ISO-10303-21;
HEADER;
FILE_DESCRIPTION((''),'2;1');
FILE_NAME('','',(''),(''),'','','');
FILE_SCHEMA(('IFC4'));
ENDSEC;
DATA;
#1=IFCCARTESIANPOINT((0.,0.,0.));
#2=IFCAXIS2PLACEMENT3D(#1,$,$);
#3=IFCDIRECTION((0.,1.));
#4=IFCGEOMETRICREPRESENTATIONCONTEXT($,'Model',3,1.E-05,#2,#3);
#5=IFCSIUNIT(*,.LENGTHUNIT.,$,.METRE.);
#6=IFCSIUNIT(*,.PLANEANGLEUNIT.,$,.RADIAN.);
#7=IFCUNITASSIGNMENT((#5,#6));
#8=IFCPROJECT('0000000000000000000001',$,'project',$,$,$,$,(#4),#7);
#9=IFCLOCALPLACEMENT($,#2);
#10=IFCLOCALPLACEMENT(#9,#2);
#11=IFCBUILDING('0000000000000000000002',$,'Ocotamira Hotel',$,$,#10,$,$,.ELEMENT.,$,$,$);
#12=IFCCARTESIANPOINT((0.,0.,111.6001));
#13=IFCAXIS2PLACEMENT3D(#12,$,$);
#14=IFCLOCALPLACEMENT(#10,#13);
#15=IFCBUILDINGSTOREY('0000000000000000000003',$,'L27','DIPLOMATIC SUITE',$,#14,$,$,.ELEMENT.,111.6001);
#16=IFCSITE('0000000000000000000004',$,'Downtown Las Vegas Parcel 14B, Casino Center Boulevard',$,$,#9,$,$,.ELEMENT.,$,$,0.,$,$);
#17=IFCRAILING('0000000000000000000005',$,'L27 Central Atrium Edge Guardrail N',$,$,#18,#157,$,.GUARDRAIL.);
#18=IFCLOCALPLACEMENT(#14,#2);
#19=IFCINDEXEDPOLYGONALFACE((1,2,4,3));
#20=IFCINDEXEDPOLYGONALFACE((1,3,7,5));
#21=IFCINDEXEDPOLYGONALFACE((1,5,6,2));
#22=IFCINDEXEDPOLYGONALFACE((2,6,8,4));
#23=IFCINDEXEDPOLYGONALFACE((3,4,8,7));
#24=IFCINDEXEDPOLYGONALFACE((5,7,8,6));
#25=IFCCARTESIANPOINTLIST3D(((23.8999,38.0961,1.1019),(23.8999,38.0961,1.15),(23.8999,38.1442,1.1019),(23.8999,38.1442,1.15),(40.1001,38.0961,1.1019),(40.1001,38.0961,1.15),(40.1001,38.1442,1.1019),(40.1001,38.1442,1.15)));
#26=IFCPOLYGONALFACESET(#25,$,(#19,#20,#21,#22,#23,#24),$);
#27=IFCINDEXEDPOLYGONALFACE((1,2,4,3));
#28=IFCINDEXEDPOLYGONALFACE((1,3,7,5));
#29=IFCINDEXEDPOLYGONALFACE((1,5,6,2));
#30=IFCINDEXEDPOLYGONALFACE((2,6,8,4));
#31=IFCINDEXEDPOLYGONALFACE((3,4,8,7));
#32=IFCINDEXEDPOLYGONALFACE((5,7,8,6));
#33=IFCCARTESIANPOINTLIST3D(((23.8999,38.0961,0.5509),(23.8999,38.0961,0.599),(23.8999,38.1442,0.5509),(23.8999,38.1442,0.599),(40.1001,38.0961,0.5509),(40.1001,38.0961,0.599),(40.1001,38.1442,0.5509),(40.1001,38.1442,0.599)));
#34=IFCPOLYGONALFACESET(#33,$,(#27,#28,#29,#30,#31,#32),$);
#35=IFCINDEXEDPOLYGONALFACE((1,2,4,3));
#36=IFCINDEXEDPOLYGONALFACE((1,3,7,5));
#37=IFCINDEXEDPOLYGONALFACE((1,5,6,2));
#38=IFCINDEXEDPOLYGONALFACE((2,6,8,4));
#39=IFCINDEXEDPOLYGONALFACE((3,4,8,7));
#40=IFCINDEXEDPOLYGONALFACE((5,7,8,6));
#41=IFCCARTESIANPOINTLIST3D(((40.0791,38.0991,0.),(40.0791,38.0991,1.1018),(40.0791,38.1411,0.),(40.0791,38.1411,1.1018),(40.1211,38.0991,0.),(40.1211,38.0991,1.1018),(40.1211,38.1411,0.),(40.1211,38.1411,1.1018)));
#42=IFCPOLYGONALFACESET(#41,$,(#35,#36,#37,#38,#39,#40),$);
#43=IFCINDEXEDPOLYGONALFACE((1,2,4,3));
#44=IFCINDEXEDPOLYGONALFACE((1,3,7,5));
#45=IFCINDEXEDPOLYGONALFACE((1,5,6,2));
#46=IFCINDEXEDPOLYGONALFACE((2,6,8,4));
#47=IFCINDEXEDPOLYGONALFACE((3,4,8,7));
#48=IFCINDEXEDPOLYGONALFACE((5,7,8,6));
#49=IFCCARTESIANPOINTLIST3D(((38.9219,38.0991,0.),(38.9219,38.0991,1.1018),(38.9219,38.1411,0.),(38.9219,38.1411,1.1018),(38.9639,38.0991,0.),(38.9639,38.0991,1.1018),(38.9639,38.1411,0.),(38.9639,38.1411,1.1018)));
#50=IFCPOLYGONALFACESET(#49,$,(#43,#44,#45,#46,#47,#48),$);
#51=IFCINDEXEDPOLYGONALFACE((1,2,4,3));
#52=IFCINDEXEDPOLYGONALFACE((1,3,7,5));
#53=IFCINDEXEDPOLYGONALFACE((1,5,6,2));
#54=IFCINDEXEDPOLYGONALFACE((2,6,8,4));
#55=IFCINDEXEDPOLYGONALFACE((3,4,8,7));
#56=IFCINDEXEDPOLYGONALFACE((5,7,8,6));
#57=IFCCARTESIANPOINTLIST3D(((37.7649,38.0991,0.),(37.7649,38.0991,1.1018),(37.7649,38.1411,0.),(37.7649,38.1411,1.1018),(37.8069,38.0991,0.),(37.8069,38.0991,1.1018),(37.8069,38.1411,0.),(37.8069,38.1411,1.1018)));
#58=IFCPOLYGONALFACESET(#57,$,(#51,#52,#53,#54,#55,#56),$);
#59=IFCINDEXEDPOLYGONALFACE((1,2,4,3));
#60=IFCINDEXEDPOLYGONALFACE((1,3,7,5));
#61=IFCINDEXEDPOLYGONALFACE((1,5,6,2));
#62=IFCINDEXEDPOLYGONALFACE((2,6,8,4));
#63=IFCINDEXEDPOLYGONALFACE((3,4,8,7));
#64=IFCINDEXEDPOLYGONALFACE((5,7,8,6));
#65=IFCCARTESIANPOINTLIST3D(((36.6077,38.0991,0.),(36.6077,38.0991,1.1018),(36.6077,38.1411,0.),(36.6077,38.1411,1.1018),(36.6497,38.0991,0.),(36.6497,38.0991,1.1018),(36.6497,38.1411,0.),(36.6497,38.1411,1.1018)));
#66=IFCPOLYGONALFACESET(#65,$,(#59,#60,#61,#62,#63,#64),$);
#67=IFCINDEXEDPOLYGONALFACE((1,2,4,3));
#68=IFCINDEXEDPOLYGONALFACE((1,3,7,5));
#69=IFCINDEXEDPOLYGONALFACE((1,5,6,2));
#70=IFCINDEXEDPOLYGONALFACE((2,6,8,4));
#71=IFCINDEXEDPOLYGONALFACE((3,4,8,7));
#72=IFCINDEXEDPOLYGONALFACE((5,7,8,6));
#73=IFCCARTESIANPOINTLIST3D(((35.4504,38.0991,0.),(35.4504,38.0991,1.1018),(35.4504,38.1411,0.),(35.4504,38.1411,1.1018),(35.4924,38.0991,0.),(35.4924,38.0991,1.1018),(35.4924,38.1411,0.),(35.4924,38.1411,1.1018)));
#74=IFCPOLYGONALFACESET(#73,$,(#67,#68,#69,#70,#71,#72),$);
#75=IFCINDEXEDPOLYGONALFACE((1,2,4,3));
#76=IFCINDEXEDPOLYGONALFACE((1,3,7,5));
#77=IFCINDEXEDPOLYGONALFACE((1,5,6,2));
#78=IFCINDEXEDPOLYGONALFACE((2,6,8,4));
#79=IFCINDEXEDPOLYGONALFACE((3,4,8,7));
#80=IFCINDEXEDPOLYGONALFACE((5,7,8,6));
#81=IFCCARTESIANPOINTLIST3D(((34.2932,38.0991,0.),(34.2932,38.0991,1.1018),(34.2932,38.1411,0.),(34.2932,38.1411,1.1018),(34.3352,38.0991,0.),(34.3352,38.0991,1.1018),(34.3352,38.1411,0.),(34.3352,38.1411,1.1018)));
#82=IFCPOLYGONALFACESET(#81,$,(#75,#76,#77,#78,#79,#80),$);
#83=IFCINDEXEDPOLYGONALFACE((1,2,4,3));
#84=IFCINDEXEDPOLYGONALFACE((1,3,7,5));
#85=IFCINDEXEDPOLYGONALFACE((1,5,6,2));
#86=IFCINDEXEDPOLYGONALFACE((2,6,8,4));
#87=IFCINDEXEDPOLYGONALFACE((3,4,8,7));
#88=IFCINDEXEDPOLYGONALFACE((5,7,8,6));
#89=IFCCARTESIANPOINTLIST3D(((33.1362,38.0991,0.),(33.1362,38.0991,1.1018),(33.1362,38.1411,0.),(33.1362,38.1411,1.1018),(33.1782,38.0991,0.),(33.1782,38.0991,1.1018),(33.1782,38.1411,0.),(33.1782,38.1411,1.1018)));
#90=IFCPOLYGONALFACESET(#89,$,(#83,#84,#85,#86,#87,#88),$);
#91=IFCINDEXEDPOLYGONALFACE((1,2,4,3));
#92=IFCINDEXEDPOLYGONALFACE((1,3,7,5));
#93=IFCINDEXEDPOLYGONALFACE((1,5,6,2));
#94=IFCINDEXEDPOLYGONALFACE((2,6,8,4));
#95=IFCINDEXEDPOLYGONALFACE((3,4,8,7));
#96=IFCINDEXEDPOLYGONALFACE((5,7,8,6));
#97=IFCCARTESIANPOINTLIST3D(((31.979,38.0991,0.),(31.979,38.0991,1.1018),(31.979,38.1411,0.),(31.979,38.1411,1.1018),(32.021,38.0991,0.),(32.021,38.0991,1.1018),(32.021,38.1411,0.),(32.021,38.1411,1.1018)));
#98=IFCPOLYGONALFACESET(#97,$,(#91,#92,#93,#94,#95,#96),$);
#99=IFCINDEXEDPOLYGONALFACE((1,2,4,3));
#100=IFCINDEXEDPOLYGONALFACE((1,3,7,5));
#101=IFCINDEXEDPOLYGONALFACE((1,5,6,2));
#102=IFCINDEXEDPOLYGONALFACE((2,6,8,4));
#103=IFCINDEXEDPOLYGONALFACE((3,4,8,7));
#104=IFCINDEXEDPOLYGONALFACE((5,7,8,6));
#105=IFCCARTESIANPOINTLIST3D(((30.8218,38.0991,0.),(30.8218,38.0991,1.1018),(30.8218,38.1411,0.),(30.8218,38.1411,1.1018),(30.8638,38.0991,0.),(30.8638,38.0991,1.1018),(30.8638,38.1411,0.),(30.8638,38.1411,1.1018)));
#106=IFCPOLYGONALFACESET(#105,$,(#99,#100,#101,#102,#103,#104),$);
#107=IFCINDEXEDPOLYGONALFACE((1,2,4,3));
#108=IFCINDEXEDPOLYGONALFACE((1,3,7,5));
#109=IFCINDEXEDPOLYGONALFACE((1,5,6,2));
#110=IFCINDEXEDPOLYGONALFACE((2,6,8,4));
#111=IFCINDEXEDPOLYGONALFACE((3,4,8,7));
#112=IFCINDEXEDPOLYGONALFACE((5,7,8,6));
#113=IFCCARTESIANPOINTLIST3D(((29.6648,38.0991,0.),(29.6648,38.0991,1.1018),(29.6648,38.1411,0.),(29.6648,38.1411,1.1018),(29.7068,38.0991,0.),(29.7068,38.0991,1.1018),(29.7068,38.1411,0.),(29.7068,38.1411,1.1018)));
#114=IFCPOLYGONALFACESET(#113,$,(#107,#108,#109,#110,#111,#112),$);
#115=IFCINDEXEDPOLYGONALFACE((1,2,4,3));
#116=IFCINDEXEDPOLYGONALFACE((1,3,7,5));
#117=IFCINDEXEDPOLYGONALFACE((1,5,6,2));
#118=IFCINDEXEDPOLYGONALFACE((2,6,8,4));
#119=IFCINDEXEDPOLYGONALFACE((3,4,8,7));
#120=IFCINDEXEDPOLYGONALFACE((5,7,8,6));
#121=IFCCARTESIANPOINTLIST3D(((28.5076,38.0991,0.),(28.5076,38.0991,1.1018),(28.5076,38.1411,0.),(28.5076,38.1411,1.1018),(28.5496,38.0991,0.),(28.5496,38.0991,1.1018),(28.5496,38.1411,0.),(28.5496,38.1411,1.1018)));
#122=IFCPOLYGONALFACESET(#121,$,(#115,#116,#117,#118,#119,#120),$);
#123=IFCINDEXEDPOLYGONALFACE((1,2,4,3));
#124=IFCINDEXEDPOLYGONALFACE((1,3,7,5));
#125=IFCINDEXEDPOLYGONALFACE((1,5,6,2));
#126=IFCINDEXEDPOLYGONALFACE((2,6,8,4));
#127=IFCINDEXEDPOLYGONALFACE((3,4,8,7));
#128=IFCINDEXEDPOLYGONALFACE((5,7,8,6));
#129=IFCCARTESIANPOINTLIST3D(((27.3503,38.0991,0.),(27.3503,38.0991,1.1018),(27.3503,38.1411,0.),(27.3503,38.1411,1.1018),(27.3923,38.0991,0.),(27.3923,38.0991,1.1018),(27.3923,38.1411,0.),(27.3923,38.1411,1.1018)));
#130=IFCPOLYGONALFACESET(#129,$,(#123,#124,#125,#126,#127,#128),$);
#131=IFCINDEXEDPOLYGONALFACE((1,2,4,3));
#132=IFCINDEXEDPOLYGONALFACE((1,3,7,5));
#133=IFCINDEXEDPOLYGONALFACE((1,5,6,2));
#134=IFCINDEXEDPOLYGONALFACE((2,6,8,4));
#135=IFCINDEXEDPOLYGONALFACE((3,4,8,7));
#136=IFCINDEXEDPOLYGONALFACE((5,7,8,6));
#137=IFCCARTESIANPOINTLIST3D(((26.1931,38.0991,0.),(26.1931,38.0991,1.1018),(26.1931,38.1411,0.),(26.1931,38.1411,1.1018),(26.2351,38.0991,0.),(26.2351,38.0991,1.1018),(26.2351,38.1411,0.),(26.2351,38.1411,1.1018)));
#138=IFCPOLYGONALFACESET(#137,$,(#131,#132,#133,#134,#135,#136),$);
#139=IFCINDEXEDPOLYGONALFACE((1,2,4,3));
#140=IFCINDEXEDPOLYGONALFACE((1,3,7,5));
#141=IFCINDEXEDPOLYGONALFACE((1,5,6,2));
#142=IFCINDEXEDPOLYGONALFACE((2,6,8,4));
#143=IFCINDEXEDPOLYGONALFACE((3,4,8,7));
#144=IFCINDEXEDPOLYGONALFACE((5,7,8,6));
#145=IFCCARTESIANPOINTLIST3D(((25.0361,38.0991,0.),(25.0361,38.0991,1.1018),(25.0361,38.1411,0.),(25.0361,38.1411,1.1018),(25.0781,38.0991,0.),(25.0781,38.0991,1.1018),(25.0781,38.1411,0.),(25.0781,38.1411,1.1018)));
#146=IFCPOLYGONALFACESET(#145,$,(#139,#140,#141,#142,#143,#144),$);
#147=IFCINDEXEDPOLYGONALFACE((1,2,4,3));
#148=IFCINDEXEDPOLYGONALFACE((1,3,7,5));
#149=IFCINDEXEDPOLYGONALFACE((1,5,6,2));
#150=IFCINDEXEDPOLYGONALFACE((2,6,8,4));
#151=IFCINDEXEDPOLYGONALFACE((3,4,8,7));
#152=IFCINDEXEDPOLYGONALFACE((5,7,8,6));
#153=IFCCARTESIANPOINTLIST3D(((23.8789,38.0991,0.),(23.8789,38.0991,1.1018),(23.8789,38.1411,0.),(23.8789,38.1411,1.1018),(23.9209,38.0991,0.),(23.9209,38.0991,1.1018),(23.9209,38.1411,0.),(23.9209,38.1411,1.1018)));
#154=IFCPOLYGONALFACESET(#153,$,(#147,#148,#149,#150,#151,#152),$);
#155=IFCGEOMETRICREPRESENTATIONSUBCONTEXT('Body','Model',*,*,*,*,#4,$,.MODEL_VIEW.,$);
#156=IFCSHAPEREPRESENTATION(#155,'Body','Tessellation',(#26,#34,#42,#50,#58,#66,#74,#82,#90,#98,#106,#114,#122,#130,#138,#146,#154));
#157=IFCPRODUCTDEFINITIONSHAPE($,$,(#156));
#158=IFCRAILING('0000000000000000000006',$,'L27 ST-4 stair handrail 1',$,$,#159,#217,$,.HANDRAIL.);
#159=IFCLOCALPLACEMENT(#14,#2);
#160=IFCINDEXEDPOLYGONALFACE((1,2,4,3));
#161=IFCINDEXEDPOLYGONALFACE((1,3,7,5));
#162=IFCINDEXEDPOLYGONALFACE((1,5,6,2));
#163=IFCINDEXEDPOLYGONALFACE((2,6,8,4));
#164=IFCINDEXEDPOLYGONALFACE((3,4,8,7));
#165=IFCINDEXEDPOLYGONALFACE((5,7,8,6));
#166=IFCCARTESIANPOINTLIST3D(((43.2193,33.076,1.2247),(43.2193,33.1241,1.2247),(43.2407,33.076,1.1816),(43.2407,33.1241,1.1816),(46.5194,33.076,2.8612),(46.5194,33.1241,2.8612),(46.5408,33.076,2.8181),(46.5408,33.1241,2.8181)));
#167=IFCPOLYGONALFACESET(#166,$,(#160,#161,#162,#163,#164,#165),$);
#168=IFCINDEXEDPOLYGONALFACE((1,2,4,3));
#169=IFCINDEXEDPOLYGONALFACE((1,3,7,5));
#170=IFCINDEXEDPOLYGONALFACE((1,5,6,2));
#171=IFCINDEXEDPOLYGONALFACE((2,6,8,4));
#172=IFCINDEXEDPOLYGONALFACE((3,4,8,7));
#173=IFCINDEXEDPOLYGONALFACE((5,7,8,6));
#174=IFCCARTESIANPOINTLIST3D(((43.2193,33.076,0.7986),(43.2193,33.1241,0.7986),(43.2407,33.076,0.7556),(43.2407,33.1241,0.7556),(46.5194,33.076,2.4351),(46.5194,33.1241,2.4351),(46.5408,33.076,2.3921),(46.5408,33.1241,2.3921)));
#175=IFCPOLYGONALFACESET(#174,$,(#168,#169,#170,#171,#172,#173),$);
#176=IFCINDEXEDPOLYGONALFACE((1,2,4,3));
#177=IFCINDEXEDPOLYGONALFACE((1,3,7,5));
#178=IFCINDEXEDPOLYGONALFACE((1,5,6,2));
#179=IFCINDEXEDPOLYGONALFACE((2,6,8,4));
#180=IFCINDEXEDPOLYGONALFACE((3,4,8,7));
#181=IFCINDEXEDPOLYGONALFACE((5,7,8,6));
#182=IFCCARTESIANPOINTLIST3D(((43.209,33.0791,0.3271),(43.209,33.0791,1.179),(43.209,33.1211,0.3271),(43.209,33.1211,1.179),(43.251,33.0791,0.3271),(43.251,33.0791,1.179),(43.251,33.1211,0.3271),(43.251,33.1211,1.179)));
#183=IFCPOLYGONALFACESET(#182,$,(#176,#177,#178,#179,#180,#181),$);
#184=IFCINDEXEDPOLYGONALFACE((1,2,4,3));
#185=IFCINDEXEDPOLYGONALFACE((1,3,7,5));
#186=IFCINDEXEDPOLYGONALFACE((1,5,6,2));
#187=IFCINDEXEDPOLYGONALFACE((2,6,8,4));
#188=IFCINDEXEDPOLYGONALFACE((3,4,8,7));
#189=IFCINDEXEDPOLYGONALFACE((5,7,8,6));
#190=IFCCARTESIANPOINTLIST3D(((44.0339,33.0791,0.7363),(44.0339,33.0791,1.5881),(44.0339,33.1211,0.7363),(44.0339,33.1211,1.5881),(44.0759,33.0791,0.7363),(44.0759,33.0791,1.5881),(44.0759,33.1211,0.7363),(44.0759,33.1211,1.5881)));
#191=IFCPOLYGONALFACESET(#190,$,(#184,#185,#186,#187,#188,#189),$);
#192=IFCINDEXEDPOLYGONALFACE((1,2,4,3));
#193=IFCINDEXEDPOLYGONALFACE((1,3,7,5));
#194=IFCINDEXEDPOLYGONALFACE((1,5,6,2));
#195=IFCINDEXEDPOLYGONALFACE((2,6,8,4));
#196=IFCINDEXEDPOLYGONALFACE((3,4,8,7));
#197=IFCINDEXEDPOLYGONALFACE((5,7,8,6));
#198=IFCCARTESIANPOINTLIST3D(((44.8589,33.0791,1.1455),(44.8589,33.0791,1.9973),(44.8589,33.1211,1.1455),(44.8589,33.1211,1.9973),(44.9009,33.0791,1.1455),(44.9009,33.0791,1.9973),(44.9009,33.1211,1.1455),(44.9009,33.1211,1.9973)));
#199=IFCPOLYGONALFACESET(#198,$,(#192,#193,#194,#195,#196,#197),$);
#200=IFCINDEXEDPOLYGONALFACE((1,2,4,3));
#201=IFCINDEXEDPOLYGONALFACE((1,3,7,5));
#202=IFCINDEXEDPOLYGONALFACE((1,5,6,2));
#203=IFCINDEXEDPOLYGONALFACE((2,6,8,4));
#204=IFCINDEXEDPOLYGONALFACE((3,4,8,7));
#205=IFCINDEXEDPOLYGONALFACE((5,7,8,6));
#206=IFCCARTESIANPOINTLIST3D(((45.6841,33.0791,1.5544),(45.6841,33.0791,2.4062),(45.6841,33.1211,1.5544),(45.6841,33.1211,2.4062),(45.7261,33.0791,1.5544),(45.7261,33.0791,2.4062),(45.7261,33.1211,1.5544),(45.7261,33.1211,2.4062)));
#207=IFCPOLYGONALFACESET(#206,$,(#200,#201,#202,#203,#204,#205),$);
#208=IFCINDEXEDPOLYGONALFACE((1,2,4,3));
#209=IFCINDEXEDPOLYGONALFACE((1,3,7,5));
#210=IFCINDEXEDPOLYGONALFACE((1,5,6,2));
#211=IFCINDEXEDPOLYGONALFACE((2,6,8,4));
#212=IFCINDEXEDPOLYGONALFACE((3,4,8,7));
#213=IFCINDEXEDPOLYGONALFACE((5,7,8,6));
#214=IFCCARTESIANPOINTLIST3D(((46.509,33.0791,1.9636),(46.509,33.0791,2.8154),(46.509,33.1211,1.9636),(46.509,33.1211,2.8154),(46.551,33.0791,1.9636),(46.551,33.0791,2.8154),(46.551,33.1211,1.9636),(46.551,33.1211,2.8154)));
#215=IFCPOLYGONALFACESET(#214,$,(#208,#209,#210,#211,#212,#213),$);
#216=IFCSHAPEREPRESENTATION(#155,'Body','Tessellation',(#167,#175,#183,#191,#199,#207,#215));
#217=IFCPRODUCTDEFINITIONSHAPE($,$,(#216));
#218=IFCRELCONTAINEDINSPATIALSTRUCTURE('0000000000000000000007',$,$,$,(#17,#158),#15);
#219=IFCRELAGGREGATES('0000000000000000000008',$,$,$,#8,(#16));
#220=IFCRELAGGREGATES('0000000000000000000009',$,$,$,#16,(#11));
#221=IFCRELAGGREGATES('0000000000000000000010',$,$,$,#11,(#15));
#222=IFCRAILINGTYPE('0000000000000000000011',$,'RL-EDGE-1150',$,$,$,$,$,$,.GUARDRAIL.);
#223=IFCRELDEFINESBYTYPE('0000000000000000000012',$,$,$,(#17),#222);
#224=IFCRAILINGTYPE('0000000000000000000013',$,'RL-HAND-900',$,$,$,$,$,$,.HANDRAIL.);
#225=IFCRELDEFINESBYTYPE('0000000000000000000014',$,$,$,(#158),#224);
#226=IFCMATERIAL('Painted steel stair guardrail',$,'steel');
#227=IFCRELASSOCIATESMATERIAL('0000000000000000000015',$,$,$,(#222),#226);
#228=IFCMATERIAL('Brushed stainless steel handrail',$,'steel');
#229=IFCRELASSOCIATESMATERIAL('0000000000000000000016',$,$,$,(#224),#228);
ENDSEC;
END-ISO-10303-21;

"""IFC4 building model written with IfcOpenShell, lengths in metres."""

from ifc_helpers import new_model, si_unit, direction, frame, origin, origin_2d, place, context, subcontext, project, spatial, rectangle, extrude, material, type_object, element, save


model = new_model("IFC4")

# Units and contexts
model_context = context("Model", 3, precision=1e-05, world=origin(), true_north=direction((0.0, 1.0)))
body_context = subcontext(model_context, "Body", "Model", "MODEL_VIEW")
ifc_project = project(units=[si_unit("LENGTHUNIT", "METRE"), si_unit("PLANEANGLEUNIT", "RADIAN")], contexts=[model_context])

# Site, building, storey
site_placement = place(None, origin())
site = spatial("IfcSite", under=ifc_project, at=site_placement, Name="Downtown Las Vegas Parcel 14B, Casino Center Boulevard", CompositionType="ELEMENT", RefElevation=0.0)
building_placement = place(site_placement, origin())
building = spatial("IfcBuilding", under=site, at=building_placement, Name="Ocotamira Hotel", CompositionType="ELEMENT")
storey_placement = place(building_placement, frame((0.0, 0.0, 111.6001)))
storey = spatial("IfcBuildingStorey", under=building, at=storey_placement, Name="L27", Description="DIPLOMATIC SUITE", CompositionType="ELEMENT", Elevation=111.6001)

# Railings
ifc_material_1 = material(Name="Painted steel stair guardrail", Category="steel")
railing_type_1 = type_object("IfcRailingType", Name="RL-EDGE-1150", PredefinedType="GUARDRAIL", material=ifc_material_1)
railing_1_placement = place(storey_placement, frame((40.1001, 38.1201, 0.0)))
element("IfcRailing", 1, at=railing_1_placement, inside=storey, type_object=railing_type_1, Name="L27 Central Atrium Edge Guardrail N", PredefinedType="GUARDRAIL", context=body_context, shape_type="SweptSolid", body=[
    extrude(rectangle(XDim=0.0481, YDim=0.0481, at=origin_2d()), frame((0.0, 0.0, 1.126), z_axis=(-1.0, 0.0, 0.0), x_axis=(0.0, -1.0, 0.0)), (0.0, 0.0, 1.0), 16.2002),
    extrude(rectangle(XDim=0.0481, YDim=0.0481, at=origin_2d()), frame((0.0, 0.0, 0.575), z_axis=(-1.0, 0.0, 0.0), x_axis=(0.0, -1.0, 0.0)), (0.0, 0.0, 1.0), 16.2002),
    extrude(rectangle(XDim=0.042, YDim=0.042, at=origin_2d()), origin(), (0.0, 0.0, 1.0), 1.1018),
    extrude(rectangle(XDim=0.042, YDim=0.042, at=origin_2d()), frame((-1.1572, 0.0, 0.0)), (0.0, 0.0, 1.0), 1.1018),
    extrude(rectangle(XDim=0.042, YDim=0.042, at=origin_2d()), frame((-2.3142, 0.0, 0.0)), (0.0, 0.0, 1.0), 1.1018),
    extrude(rectangle(XDim=0.042, YDim=0.042, at=origin_2d()), frame((-3.4714, 0.0, 0.0)), (0.0, 0.0, 1.0), 1.1018),
    extrude(rectangle(XDim=0.042, YDim=0.042, at=origin_2d()), frame((-4.6287, 0.0, 0.0)), (0.0, 0.0, 1.0), 1.1018),
    extrude(rectangle(XDim=0.042, YDim=0.042, at=origin_2d()), frame((-5.7859, 0.0, 0.0)), (0.0, 0.0, 1.0), 1.1018),
    extrude(rectangle(XDim=0.042, YDim=0.042, at=origin_2d()), frame((-6.9429, 0.0, 0.0)), (0.0, 0.0, 1.0), 1.1018),
    extrude(rectangle(XDim=0.042, YDim=0.042, at=origin_2d()), frame((-8.1001, 0.0, 0.0)), (0.0, 0.0, 1.0), 1.1018),
    extrude(rectangle(XDim=0.042, YDim=0.042, at=origin_2d()), frame((-9.2573, 0.0, 0.0)), (0.0, 0.0, 1.0), 1.1018),
    extrude(rectangle(XDim=0.042, YDim=0.042, at=origin_2d()), frame((-10.4143, 0.0, 0.0)), (0.0, 0.0, 1.0), 1.1018),
    extrude(rectangle(XDim=0.042, YDim=0.042, at=origin_2d()), frame((-11.5715, 0.0, 0.0)), (0.0, 0.0, 1.0), 1.1018),
    extrude(rectangle(XDim=0.042, YDim=0.042, at=origin_2d()), frame((-12.7288, 0.0, 0.0)), (0.0, 0.0, 1.0), 1.1018),
    extrude(rectangle(XDim=0.042, YDim=0.042, at=origin_2d()), frame((-13.886, 0.0, 0.0)), (0.0, 0.0, 1.0), 1.1018),
    extrude(rectangle(XDim=0.042, YDim=0.042, at=origin_2d()), frame((-15.043, 0.0, 0.0)), (0.0, 0.0, 1.0), 1.1018),
    extrude(rectangle(XDim=0.042, YDim=0.042, at=origin_2d()), frame((-16.2002, 0.0, 0.0)), (0.0, 0.0, 1.0), 1.1018),
])
ifc_material_2 = material(Name="Brushed stainless steel handrail", Category="steel")
railing_type_2 = type_object("IfcRailingType", Name="RL-HAND-900", PredefinedType="HANDRAIL", material=ifc_material_2)
railing_2_placement = place(storey_placement, frame((43.23, 33.1001, 0.3271)))
element("IfcRailing", 2, at=railing_2_placement, inside=storey, type_object=railing_type_2, Name="L27 ST-4 stair handrail 1", PredefinedType="HANDRAIL", context=body_context, shape_type="SweptSolid", body=[
    extrude(rectangle(XDim=0.0481, YDim=0.0481, at=origin_2d()), frame((0.0, 0.0, 0.876), z_axis=(0.895894, 0.0, 0.444268), x_axis=(0.0, 1.0, 0.0)), (0.0, 0.0, 1.0), 3.6836),
    extrude(rectangle(XDim=0.0481, YDim=0.0481, at=origin_2d()), frame((0.0, 0.0, 0.45), z_axis=(0.895894, 0.0, 0.444268), x_axis=(0.0, 1.0, 0.0)), (0.0, 0.0, 1.0), 3.6836),
    extrude(rectangle(XDim=0.042, YDim=0.042, at=origin_2d()), origin(), (0.0, 0.0, 1.0), 0.8518),
    extrude(rectangle(XDim=0.042, YDim=0.042, at=origin_2d()), frame((0.825, 0.0, 0.4092)), (0.0, 0.0, 1.0), 0.8518),
    extrude(rectangle(XDim=0.042, YDim=0.042, at=origin_2d()), frame((1.6499, 0.0, 0.8184)), (0.0, 0.0, 1.0), 0.8518),
    extrude(rectangle(XDim=0.042, YDim=0.042, at=origin_2d()), frame((2.4751, 0.0, 1.2273)), (0.0, 0.0, 1.0), 0.8518),
    extrude(rectangle(XDim=0.042, YDim=0.042, at=origin_2d()), frame((3.3, 0.0, 1.6365)), (0.0, 0.0, 1.0), 0.8518),
])

save(model, "model.ifc")
